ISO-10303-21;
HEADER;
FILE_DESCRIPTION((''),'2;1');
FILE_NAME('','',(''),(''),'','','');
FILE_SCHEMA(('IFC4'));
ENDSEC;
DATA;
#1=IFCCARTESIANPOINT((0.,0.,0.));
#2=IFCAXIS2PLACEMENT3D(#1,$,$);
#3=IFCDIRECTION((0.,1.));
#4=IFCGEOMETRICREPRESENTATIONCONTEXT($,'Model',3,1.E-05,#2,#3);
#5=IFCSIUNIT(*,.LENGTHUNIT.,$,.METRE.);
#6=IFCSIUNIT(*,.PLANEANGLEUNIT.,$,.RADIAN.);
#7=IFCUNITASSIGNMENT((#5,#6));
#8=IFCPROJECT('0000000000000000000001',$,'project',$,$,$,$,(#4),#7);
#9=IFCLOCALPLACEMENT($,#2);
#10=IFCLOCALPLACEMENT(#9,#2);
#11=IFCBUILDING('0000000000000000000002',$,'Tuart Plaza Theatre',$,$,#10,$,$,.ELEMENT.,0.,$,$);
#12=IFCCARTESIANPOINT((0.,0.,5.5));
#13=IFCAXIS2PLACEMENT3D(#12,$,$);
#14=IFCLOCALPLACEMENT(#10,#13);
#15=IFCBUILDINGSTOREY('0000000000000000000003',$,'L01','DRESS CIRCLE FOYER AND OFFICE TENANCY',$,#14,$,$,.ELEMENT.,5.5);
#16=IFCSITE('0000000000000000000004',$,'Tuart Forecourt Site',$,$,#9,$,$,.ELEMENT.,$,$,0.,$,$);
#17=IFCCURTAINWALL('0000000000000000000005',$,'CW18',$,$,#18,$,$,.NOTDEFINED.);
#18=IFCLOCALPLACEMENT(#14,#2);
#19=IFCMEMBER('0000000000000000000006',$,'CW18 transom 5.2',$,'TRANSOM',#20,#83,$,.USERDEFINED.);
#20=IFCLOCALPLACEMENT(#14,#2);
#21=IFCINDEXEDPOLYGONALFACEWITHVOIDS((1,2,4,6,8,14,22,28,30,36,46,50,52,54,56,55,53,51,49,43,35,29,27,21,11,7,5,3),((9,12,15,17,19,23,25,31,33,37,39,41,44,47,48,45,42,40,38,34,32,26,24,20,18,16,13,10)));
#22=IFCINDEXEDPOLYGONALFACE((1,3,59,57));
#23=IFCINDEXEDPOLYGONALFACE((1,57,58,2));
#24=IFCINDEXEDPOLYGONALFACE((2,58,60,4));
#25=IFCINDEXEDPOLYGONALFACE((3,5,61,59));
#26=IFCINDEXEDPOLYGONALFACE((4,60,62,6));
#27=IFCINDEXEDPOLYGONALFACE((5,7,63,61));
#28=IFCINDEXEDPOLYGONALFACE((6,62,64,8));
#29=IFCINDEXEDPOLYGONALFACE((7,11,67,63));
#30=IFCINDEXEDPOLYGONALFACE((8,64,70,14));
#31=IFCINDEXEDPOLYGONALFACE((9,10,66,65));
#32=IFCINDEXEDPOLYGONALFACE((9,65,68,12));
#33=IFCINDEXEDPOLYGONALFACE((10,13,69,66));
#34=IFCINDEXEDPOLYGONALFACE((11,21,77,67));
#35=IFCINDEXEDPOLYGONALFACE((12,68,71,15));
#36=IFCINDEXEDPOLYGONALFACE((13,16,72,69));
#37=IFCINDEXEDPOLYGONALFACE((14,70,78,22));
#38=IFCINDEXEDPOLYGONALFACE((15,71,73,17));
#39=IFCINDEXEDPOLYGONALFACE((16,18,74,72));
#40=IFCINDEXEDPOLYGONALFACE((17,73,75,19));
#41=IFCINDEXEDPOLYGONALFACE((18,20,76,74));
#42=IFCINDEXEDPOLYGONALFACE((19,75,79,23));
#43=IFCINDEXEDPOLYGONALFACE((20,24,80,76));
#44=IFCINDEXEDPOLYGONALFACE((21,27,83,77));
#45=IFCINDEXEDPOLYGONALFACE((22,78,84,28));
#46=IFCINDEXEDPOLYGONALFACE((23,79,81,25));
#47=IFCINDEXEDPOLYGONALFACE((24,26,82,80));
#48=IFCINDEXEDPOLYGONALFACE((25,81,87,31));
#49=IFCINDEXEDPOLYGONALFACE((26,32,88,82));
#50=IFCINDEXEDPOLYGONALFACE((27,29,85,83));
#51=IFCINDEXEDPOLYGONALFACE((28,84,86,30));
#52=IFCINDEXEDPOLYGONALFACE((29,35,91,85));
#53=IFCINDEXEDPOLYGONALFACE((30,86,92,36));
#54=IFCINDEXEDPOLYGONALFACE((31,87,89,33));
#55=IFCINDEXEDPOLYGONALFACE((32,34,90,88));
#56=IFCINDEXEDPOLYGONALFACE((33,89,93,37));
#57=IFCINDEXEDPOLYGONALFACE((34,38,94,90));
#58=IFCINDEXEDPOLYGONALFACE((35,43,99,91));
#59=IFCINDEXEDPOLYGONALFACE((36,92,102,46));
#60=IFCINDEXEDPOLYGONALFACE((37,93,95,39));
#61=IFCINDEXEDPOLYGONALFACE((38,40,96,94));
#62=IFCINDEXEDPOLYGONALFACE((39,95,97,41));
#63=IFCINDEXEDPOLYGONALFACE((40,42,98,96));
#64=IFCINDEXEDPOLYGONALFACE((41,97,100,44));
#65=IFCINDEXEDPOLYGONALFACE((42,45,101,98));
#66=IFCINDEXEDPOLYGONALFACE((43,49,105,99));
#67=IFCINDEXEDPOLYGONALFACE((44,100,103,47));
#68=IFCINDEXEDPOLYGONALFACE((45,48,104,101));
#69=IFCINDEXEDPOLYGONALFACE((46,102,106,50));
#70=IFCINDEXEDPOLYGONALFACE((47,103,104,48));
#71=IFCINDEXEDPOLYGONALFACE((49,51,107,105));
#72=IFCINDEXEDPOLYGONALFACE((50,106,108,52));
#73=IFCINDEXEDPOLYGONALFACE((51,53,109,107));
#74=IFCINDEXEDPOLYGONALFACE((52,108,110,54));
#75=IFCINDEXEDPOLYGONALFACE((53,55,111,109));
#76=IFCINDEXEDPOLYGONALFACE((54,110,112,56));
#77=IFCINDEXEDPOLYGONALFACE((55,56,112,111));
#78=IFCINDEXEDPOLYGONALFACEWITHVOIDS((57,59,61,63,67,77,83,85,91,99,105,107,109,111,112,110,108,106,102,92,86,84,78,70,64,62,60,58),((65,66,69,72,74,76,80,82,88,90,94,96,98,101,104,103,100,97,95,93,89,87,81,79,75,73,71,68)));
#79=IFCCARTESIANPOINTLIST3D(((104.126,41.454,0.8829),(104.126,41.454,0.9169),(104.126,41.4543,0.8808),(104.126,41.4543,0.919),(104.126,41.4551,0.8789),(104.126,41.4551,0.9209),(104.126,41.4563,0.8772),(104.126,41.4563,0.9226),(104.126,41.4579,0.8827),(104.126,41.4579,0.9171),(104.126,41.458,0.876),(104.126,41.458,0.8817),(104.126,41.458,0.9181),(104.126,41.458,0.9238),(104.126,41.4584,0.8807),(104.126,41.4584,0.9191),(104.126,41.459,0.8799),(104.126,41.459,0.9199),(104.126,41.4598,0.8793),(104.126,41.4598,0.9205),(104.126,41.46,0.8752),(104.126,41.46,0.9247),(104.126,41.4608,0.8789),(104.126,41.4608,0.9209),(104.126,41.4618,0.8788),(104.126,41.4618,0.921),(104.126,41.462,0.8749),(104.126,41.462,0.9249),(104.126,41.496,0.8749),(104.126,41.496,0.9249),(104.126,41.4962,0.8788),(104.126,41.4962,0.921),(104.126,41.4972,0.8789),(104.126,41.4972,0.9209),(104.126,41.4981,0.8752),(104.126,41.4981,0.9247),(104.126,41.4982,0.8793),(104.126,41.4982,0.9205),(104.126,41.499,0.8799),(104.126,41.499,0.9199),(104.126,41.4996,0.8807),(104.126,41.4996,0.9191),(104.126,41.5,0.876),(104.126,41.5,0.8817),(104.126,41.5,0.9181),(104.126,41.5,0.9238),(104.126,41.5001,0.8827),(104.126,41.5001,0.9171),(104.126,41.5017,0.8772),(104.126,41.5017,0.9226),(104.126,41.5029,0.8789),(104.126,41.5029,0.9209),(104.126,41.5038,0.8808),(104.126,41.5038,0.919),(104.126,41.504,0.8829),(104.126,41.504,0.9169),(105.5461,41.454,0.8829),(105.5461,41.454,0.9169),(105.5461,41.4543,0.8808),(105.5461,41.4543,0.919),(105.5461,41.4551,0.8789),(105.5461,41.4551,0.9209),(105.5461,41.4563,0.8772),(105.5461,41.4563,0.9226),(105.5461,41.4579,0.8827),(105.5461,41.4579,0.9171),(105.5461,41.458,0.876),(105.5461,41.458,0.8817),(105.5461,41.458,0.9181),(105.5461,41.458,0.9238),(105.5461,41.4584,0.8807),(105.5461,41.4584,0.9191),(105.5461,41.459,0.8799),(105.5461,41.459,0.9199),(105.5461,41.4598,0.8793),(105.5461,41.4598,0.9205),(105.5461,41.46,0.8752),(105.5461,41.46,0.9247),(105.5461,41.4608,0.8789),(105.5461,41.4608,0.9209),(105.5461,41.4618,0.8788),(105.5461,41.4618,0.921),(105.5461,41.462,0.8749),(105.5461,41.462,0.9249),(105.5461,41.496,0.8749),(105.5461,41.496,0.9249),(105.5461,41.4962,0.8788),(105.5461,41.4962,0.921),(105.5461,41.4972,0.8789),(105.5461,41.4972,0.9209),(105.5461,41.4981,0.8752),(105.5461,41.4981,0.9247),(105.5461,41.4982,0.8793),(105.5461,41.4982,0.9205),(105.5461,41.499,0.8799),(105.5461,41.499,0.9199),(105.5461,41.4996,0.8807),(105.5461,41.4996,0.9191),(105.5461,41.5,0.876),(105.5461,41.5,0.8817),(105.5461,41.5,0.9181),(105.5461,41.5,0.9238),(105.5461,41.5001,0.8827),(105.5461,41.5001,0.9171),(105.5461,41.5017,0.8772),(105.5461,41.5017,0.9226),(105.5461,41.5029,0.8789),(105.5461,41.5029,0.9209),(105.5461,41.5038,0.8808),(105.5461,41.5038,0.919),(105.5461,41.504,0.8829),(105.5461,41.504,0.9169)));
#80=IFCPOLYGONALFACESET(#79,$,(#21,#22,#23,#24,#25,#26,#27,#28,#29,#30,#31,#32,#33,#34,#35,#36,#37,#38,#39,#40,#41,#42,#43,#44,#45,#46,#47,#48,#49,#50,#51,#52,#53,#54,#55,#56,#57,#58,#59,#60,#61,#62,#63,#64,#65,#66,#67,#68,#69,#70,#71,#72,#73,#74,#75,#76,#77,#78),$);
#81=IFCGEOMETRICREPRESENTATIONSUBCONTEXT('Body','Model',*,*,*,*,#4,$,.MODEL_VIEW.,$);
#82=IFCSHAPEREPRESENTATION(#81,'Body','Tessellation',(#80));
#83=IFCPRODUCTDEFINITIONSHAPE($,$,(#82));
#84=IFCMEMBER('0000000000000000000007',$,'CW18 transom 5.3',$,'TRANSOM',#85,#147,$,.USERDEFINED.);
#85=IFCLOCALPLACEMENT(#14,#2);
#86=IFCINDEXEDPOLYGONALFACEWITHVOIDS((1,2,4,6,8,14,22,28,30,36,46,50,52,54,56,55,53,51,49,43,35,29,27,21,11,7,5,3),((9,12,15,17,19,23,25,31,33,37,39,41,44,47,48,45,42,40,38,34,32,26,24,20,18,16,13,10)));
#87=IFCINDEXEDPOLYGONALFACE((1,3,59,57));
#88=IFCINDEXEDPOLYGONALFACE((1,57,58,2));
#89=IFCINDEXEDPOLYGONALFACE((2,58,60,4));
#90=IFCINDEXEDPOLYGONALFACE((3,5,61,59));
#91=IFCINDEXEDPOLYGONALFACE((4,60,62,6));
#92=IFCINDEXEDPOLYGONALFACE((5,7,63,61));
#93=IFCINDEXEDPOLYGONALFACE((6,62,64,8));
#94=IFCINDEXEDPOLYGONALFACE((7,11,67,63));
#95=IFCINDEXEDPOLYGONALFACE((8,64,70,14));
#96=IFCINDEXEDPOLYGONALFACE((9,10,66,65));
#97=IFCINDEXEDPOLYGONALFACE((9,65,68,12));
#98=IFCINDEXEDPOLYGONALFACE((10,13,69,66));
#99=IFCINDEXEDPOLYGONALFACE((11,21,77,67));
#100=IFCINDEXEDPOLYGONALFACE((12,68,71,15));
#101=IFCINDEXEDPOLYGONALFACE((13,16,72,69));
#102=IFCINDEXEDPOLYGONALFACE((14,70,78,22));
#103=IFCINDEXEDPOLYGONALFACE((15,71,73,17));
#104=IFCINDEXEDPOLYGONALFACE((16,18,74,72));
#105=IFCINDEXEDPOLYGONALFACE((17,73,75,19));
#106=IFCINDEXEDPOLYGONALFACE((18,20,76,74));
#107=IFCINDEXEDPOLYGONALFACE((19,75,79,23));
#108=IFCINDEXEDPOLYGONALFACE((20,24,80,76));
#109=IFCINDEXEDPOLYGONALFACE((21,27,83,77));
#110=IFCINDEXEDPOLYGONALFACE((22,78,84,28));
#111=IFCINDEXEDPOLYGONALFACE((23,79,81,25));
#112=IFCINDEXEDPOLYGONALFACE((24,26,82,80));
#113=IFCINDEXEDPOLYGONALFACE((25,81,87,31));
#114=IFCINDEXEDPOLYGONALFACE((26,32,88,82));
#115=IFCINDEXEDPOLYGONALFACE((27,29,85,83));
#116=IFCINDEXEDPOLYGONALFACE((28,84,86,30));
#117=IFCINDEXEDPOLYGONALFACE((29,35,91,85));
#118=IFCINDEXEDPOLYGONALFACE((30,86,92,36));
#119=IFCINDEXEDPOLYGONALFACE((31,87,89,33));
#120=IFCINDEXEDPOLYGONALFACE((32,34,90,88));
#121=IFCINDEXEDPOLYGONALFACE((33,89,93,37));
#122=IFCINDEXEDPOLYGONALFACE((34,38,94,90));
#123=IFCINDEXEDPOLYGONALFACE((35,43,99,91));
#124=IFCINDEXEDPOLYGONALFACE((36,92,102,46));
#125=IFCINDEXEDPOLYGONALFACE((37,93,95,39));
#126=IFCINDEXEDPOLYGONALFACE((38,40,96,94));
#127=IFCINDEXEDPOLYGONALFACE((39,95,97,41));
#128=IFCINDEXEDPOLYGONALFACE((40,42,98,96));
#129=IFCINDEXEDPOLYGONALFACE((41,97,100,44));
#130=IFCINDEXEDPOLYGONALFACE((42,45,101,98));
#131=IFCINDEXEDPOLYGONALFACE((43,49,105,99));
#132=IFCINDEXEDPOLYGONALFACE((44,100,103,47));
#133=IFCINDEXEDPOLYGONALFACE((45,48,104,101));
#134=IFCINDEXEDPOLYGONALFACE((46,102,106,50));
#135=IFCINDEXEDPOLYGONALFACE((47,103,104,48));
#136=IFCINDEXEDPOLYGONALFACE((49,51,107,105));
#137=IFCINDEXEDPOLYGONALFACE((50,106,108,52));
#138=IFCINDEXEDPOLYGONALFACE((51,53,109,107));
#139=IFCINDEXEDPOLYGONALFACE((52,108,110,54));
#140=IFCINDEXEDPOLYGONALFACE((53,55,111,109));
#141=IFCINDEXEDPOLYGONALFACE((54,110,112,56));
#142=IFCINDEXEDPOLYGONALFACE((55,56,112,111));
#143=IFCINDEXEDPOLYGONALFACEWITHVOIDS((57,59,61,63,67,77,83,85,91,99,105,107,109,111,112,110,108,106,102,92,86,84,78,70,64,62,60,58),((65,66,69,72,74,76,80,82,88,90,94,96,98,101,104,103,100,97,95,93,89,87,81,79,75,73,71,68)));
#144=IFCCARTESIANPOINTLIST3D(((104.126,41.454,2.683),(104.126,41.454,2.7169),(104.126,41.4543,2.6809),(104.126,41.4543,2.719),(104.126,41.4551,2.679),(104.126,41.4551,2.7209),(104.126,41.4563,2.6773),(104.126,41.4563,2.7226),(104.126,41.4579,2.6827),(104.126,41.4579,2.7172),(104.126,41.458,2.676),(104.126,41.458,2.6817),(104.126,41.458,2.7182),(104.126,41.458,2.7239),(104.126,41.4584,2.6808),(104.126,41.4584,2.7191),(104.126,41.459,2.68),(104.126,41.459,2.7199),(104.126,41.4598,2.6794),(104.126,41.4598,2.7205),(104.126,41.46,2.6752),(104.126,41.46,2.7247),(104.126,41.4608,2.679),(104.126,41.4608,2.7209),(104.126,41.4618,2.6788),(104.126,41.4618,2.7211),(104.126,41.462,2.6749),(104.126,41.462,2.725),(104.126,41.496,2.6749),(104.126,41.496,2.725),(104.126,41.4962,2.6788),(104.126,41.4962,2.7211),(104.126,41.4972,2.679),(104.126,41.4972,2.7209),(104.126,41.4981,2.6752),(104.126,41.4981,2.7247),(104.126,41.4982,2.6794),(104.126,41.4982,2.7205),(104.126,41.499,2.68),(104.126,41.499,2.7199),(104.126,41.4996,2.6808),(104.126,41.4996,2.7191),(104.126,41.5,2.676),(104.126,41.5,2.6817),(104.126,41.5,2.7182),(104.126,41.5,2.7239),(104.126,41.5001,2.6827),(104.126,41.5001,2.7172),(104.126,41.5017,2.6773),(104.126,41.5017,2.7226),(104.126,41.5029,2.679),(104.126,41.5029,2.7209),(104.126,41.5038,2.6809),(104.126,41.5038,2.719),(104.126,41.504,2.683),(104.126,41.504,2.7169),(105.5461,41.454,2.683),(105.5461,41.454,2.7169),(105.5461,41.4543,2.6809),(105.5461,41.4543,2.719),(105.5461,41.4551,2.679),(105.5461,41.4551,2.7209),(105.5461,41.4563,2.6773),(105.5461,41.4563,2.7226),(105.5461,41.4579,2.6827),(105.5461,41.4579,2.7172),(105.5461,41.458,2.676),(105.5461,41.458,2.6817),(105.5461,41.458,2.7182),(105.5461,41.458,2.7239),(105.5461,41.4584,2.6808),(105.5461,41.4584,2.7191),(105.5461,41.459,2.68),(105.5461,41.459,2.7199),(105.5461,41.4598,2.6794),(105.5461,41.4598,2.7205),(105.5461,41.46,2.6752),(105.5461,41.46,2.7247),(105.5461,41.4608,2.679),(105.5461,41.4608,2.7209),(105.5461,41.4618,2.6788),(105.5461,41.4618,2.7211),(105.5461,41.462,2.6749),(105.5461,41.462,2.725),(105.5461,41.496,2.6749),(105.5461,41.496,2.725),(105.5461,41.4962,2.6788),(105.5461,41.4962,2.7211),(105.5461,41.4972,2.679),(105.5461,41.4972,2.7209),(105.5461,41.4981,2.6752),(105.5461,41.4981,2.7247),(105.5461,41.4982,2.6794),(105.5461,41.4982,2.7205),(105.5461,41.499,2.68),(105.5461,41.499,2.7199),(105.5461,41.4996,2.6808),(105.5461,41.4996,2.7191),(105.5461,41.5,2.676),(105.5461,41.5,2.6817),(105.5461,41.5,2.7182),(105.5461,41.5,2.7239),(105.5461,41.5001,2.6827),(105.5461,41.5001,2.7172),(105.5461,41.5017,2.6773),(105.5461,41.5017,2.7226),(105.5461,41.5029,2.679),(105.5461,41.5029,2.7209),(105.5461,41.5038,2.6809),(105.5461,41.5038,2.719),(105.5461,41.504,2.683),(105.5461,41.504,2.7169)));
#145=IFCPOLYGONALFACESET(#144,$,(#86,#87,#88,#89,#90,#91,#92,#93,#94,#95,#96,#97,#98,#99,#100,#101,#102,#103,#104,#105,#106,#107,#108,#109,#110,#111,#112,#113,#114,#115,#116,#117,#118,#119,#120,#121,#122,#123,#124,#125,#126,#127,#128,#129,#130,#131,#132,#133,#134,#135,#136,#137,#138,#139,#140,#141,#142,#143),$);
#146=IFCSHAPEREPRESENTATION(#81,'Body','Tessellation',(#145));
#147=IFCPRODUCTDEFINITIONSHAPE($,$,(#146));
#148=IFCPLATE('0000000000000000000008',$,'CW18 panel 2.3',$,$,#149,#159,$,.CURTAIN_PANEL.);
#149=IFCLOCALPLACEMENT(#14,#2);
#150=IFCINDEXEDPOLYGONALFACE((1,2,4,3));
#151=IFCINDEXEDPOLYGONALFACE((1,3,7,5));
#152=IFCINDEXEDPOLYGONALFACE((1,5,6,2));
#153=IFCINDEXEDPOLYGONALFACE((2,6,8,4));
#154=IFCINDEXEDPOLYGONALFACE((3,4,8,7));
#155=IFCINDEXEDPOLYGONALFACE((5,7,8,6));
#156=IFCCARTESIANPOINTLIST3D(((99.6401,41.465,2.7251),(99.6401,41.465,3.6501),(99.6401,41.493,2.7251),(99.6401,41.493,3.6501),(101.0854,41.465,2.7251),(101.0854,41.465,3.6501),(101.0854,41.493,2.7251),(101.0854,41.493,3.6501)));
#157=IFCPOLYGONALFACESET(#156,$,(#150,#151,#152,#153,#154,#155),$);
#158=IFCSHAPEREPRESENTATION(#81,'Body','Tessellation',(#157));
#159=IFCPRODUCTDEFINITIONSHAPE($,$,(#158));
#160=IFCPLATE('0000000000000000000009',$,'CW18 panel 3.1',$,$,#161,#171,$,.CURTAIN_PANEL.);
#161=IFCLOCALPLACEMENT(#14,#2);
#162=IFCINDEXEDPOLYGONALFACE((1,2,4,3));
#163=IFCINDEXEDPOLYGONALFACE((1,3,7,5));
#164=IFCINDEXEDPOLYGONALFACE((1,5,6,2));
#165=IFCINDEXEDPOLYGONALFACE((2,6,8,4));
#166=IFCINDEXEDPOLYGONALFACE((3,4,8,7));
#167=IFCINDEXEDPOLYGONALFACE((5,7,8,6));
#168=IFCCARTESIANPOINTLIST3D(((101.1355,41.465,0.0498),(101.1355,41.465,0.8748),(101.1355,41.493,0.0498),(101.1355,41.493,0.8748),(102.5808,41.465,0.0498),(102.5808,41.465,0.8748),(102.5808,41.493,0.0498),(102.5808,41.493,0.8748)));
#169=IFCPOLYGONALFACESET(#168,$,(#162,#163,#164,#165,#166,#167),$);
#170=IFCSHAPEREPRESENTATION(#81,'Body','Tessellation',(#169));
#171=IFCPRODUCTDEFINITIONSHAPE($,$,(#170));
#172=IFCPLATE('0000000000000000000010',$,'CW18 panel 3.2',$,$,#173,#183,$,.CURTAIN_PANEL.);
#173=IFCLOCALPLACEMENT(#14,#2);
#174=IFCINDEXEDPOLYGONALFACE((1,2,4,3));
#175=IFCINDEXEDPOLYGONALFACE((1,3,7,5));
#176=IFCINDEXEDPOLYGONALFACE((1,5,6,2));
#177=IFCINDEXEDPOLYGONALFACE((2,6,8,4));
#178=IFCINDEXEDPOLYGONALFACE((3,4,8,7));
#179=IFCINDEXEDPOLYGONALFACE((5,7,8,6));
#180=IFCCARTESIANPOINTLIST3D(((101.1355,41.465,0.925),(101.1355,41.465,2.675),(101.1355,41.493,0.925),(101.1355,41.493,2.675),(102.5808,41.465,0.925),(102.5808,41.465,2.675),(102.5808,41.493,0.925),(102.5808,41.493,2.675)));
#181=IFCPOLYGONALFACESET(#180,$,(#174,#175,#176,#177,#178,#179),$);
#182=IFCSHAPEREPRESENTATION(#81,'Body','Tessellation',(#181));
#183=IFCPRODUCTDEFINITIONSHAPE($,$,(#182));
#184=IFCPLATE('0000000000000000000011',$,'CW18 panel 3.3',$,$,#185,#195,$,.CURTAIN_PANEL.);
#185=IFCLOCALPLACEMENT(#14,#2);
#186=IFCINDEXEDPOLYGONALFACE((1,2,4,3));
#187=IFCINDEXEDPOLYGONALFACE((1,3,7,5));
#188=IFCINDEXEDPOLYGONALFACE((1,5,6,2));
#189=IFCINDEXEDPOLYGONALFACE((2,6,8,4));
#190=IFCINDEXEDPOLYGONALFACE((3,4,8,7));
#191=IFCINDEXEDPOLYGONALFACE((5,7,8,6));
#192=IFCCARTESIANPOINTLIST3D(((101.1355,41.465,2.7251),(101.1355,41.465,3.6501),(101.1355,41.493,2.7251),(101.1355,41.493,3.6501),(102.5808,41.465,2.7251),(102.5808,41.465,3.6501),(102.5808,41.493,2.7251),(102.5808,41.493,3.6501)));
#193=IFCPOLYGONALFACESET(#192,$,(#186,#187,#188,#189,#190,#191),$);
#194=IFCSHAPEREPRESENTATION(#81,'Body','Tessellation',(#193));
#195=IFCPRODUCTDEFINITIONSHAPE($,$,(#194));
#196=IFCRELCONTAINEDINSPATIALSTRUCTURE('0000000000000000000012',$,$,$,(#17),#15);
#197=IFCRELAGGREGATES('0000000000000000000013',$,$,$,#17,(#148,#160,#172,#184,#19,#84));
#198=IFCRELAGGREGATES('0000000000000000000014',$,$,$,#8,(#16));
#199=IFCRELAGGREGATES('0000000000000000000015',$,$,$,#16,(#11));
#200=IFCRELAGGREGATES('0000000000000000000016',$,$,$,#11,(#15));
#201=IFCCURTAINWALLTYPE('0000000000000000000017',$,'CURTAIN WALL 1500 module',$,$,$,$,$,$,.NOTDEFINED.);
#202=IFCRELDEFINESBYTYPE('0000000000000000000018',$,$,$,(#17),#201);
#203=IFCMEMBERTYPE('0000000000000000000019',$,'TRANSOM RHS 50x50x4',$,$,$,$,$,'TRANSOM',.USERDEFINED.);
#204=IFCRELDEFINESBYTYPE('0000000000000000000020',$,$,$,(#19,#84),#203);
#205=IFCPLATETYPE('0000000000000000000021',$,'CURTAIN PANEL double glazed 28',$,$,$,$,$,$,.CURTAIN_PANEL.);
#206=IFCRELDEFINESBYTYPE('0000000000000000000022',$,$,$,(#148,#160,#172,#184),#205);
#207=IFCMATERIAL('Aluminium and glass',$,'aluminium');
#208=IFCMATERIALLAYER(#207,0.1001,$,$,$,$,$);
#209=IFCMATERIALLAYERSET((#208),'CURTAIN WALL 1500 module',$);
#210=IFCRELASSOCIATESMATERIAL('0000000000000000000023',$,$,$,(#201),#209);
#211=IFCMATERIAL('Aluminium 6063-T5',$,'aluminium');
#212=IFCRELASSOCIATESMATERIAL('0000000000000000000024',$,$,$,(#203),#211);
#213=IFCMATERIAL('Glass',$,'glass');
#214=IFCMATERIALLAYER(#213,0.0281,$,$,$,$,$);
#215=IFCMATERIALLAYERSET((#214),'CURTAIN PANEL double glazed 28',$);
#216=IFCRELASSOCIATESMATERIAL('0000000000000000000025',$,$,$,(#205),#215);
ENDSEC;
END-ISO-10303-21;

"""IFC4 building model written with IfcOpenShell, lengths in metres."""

from ifc_helpers import new_model, si_unit, direction, frame, origin, origin_2d, place, context, subcontext, project, spatial, rectangle, hollow_rectangle, extrude, material, layer, layer_set, material_profile, profile_set, type_object, element, aggregate, save


model = new_model("IFC4")

# Units and contexts
model_context = context("Model", 3, precision=1e-05, world=origin(), true_north=direction((0.0, 1.0)))
body_context = subcontext(model_context, "Body", "Model", "MODEL_VIEW")
ifc_project = project(units=[si_unit("LENGTHUNIT", "METRE"), si_unit("PLANEANGLEUNIT", "RADIAN")], contexts=[model_context])

# Site, building, storey
site_placement = place(None, origin())
site = spatial("IfcSite", under=ifc_project, at=site_placement, Name="Tuart Forecourt Site", CompositionType="ELEMENT", RefElevation=0.0)
building_placement = place(site_placement, origin())
building = spatial("IfcBuilding", under=site, at=building_placement, Name="Tuart Plaza Theatre", CompositionType="ELEMENT", ElevationOfRefHeight=0.0)
storey_placement = place(building_placement, frame((0.0, 0.0, 5.5)))
storey = spatial("IfcBuildingStorey", under=building, at=storey_placement, Name="L01", Description="DRESS CIRCLE FOYER AND OFFICE TENANCY", CompositionType="ELEMENT", Elevation=5.5)

# Curtain wall, members, plates
ifc_material_1 = material(Name="Aluminium and glass", Category="aluminium")
ifc_layer_1 = layer(ifc_material_1, 0.1001)
ifc_layer_set_1 = layer_set([ifc_layer_1], Name="CURTAIN WALL 1500 module")
curtain_wall_type = type_object("IfcCurtainWallType", Name="CURTAIN WALL 1500 module", PredefinedType="NOTDEFINED", material=ifc_layer_set_1)
curtain_wall_placement = place(storey_placement, origin())
curtain_wall = element("IfcCurtainWall", 1, at=curtain_wall_placement, inside=storey, type_object=curtain_wall_type, Name="CW18", PredefinedType="NOTDEFINED")
ifc_material_2 = material(Name="Aluminium 6063-T5", Category="aluminium")
ifc_material_profile_1 = material_profile(ifc_material_2, hollow_rectangle(XDim=0.05, YDim=0.05, WallThickness=0.0039, InnerFilletRadius=0.0039, OuterFilletRadius=0.0081, at=origin_2d()), Name="RHS 50x50x4")
ifc_profile_set_1 = profile_set([ifc_material_profile_1], Name="Aluminium 6063-T5")
member_type_1 = type_object("IfcMemberType", Name="TRANSOM RHS 50x50x4", ElementType="TRANSOM", PredefinedType="USERDEFINED", material=ifc_profile_set_1)
member_1_placement = place(storey_placement, frame((104.126, 41.479, 0.8999), z_axis=(1.0, 0.0, 0.0), x_axis=(0.0, 1.0, 0.0)))
member_1 = element("IfcMember", 2, at=member_1_placement, type_object=member_type_1, Name="CW18 transom 5.2", ObjectType="TRANSOM", PredefinedType="USERDEFINED", context=body_context, shape_type="SweptSolid", body=[
    extrude(hollow_rectangle(XDim=0.05, YDim=0.05, WallThickness=0.0039, InnerFilletRadius=0.0039, OuterFilletRadius=0.0081, at=origin_2d()), origin(), (0.0, 0.0, 1.0), 1.4202),
])
member_2_placement = place(storey_placement, frame((104.126, 41.479, 2.7), z_axis=(1.0, 0.0, 0.0), x_axis=(0.0, 1.0, 0.0)))
member_2 = element("IfcMember", 3, at=member_2_placement, type_object=member_type_1, Name="CW18 transom 5.3", ObjectType="TRANSOM", PredefinedType="USERDEFINED", context=body_context, shape_type="SweptSolid", body=[
    extrude(hollow_rectangle(XDim=0.05, YDim=0.05, WallThickness=0.0039, InnerFilletRadius=0.0039, OuterFilletRadius=0.0081, at=origin_2d()), origin(), (0.0, 0.0, 1.0), 1.4202),
])
ifc_material_3 = material(Name="Glass", Category="glass")
ifc_layer_2 = layer(ifc_material_3, 0.0281)
ifc_layer_set_2 = layer_set([ifc_layer_2], Name="CURTAIN PANEL double glazed 28")
plate_type = type_object("IfcPlateType", Name="CURTAIN PANEL double glazed 28", PredefinedType="CURTAIN_PANEL", material=ifc_layer_set_2)
plate_1_placement = place(storey_placement, frame((100.3628, 41.479, 2.7251), z_axis=(0.0, 0.0, 1.0), x_axis=(1.0, 0.0, 0.0)))
plate_1 = element("IfcPlate", 4, at=plate_1_placement, type_object=plate_type, Name="CW18 panel 2.3", PredefinedType="CURTAIN_PANEL", context=body_context, shape_type="SweptSolid", body=[
    extrude(rectangle(XDim=1.4453, YDim=0.0281, at=origin_2d()), origin(), (0.0, 0.0, 1.0), 0.925),
])
plate_2_placement = place(storey_placement, frame((101.8582, 41.479, 0.0498), z_axis=(0.0, 0.0, 1.0), x_axis=(1.0, 0.0, 0.0)))
plate_2 = element("IfcPlate", 5, at=plate_2_placement, type_object=plate_type, Name="CW18 panel 3.1", PredefinedType="CURTAIN_PANEL", context=body_context, shape_type="SweptSolid", body=[
    extrude(rectangle(XDim=1.4453, YDim=0.0281, at=origin_2d()), origin(), (0.0, 0.0, 1.0), 0.825),
])
plate_3_placement = place(storey_placement, frame((101.8582, 41.479, 0.925), z_axis=(0.0, 0.0, 1.0), x_axis=(1.0, 0.0, 0.0)))
plate_3 = element("IfcPlate", 6, at=plate_3_placement, type_object=plate_type, Name="CW18 panel 3.2", PredefinedType="CURTAIN_PANEL", context=body_context, shape_type="SweptSolid", body=[
    extrude(rectangle(XDim=1.4453, YDim=0.0281, at=origin_2d()), origin(), (0.0, 0.0, 1.0), 1.75),
])
plate_4_placement = place(storey_placement, frame((101.8582, 41.479, 2.7251), z_axis=(0.0, 0.0, 1.0), x_axis=(1.0, 0.0, 0.0)))
plate_4 = element("IfcPlate", 7, at=plate_4_placement, type_object=plate_type, Name="CW18 panel 3.3", PredefinedType="CURTAIN_PANEL", context=body_context, shape_type="SweptSolid", body=[
    extrude(rectangle(XDim=1.4453, YDim=0.0281, at=origin_2d()), origin(), (0.0, 0.0, 1.0), 0.925),
])
aggregate(curtain_wall, [plate_1, plate_2, plate_3, plate_4, member_1, member_2])

save(model, "model.ifc")
